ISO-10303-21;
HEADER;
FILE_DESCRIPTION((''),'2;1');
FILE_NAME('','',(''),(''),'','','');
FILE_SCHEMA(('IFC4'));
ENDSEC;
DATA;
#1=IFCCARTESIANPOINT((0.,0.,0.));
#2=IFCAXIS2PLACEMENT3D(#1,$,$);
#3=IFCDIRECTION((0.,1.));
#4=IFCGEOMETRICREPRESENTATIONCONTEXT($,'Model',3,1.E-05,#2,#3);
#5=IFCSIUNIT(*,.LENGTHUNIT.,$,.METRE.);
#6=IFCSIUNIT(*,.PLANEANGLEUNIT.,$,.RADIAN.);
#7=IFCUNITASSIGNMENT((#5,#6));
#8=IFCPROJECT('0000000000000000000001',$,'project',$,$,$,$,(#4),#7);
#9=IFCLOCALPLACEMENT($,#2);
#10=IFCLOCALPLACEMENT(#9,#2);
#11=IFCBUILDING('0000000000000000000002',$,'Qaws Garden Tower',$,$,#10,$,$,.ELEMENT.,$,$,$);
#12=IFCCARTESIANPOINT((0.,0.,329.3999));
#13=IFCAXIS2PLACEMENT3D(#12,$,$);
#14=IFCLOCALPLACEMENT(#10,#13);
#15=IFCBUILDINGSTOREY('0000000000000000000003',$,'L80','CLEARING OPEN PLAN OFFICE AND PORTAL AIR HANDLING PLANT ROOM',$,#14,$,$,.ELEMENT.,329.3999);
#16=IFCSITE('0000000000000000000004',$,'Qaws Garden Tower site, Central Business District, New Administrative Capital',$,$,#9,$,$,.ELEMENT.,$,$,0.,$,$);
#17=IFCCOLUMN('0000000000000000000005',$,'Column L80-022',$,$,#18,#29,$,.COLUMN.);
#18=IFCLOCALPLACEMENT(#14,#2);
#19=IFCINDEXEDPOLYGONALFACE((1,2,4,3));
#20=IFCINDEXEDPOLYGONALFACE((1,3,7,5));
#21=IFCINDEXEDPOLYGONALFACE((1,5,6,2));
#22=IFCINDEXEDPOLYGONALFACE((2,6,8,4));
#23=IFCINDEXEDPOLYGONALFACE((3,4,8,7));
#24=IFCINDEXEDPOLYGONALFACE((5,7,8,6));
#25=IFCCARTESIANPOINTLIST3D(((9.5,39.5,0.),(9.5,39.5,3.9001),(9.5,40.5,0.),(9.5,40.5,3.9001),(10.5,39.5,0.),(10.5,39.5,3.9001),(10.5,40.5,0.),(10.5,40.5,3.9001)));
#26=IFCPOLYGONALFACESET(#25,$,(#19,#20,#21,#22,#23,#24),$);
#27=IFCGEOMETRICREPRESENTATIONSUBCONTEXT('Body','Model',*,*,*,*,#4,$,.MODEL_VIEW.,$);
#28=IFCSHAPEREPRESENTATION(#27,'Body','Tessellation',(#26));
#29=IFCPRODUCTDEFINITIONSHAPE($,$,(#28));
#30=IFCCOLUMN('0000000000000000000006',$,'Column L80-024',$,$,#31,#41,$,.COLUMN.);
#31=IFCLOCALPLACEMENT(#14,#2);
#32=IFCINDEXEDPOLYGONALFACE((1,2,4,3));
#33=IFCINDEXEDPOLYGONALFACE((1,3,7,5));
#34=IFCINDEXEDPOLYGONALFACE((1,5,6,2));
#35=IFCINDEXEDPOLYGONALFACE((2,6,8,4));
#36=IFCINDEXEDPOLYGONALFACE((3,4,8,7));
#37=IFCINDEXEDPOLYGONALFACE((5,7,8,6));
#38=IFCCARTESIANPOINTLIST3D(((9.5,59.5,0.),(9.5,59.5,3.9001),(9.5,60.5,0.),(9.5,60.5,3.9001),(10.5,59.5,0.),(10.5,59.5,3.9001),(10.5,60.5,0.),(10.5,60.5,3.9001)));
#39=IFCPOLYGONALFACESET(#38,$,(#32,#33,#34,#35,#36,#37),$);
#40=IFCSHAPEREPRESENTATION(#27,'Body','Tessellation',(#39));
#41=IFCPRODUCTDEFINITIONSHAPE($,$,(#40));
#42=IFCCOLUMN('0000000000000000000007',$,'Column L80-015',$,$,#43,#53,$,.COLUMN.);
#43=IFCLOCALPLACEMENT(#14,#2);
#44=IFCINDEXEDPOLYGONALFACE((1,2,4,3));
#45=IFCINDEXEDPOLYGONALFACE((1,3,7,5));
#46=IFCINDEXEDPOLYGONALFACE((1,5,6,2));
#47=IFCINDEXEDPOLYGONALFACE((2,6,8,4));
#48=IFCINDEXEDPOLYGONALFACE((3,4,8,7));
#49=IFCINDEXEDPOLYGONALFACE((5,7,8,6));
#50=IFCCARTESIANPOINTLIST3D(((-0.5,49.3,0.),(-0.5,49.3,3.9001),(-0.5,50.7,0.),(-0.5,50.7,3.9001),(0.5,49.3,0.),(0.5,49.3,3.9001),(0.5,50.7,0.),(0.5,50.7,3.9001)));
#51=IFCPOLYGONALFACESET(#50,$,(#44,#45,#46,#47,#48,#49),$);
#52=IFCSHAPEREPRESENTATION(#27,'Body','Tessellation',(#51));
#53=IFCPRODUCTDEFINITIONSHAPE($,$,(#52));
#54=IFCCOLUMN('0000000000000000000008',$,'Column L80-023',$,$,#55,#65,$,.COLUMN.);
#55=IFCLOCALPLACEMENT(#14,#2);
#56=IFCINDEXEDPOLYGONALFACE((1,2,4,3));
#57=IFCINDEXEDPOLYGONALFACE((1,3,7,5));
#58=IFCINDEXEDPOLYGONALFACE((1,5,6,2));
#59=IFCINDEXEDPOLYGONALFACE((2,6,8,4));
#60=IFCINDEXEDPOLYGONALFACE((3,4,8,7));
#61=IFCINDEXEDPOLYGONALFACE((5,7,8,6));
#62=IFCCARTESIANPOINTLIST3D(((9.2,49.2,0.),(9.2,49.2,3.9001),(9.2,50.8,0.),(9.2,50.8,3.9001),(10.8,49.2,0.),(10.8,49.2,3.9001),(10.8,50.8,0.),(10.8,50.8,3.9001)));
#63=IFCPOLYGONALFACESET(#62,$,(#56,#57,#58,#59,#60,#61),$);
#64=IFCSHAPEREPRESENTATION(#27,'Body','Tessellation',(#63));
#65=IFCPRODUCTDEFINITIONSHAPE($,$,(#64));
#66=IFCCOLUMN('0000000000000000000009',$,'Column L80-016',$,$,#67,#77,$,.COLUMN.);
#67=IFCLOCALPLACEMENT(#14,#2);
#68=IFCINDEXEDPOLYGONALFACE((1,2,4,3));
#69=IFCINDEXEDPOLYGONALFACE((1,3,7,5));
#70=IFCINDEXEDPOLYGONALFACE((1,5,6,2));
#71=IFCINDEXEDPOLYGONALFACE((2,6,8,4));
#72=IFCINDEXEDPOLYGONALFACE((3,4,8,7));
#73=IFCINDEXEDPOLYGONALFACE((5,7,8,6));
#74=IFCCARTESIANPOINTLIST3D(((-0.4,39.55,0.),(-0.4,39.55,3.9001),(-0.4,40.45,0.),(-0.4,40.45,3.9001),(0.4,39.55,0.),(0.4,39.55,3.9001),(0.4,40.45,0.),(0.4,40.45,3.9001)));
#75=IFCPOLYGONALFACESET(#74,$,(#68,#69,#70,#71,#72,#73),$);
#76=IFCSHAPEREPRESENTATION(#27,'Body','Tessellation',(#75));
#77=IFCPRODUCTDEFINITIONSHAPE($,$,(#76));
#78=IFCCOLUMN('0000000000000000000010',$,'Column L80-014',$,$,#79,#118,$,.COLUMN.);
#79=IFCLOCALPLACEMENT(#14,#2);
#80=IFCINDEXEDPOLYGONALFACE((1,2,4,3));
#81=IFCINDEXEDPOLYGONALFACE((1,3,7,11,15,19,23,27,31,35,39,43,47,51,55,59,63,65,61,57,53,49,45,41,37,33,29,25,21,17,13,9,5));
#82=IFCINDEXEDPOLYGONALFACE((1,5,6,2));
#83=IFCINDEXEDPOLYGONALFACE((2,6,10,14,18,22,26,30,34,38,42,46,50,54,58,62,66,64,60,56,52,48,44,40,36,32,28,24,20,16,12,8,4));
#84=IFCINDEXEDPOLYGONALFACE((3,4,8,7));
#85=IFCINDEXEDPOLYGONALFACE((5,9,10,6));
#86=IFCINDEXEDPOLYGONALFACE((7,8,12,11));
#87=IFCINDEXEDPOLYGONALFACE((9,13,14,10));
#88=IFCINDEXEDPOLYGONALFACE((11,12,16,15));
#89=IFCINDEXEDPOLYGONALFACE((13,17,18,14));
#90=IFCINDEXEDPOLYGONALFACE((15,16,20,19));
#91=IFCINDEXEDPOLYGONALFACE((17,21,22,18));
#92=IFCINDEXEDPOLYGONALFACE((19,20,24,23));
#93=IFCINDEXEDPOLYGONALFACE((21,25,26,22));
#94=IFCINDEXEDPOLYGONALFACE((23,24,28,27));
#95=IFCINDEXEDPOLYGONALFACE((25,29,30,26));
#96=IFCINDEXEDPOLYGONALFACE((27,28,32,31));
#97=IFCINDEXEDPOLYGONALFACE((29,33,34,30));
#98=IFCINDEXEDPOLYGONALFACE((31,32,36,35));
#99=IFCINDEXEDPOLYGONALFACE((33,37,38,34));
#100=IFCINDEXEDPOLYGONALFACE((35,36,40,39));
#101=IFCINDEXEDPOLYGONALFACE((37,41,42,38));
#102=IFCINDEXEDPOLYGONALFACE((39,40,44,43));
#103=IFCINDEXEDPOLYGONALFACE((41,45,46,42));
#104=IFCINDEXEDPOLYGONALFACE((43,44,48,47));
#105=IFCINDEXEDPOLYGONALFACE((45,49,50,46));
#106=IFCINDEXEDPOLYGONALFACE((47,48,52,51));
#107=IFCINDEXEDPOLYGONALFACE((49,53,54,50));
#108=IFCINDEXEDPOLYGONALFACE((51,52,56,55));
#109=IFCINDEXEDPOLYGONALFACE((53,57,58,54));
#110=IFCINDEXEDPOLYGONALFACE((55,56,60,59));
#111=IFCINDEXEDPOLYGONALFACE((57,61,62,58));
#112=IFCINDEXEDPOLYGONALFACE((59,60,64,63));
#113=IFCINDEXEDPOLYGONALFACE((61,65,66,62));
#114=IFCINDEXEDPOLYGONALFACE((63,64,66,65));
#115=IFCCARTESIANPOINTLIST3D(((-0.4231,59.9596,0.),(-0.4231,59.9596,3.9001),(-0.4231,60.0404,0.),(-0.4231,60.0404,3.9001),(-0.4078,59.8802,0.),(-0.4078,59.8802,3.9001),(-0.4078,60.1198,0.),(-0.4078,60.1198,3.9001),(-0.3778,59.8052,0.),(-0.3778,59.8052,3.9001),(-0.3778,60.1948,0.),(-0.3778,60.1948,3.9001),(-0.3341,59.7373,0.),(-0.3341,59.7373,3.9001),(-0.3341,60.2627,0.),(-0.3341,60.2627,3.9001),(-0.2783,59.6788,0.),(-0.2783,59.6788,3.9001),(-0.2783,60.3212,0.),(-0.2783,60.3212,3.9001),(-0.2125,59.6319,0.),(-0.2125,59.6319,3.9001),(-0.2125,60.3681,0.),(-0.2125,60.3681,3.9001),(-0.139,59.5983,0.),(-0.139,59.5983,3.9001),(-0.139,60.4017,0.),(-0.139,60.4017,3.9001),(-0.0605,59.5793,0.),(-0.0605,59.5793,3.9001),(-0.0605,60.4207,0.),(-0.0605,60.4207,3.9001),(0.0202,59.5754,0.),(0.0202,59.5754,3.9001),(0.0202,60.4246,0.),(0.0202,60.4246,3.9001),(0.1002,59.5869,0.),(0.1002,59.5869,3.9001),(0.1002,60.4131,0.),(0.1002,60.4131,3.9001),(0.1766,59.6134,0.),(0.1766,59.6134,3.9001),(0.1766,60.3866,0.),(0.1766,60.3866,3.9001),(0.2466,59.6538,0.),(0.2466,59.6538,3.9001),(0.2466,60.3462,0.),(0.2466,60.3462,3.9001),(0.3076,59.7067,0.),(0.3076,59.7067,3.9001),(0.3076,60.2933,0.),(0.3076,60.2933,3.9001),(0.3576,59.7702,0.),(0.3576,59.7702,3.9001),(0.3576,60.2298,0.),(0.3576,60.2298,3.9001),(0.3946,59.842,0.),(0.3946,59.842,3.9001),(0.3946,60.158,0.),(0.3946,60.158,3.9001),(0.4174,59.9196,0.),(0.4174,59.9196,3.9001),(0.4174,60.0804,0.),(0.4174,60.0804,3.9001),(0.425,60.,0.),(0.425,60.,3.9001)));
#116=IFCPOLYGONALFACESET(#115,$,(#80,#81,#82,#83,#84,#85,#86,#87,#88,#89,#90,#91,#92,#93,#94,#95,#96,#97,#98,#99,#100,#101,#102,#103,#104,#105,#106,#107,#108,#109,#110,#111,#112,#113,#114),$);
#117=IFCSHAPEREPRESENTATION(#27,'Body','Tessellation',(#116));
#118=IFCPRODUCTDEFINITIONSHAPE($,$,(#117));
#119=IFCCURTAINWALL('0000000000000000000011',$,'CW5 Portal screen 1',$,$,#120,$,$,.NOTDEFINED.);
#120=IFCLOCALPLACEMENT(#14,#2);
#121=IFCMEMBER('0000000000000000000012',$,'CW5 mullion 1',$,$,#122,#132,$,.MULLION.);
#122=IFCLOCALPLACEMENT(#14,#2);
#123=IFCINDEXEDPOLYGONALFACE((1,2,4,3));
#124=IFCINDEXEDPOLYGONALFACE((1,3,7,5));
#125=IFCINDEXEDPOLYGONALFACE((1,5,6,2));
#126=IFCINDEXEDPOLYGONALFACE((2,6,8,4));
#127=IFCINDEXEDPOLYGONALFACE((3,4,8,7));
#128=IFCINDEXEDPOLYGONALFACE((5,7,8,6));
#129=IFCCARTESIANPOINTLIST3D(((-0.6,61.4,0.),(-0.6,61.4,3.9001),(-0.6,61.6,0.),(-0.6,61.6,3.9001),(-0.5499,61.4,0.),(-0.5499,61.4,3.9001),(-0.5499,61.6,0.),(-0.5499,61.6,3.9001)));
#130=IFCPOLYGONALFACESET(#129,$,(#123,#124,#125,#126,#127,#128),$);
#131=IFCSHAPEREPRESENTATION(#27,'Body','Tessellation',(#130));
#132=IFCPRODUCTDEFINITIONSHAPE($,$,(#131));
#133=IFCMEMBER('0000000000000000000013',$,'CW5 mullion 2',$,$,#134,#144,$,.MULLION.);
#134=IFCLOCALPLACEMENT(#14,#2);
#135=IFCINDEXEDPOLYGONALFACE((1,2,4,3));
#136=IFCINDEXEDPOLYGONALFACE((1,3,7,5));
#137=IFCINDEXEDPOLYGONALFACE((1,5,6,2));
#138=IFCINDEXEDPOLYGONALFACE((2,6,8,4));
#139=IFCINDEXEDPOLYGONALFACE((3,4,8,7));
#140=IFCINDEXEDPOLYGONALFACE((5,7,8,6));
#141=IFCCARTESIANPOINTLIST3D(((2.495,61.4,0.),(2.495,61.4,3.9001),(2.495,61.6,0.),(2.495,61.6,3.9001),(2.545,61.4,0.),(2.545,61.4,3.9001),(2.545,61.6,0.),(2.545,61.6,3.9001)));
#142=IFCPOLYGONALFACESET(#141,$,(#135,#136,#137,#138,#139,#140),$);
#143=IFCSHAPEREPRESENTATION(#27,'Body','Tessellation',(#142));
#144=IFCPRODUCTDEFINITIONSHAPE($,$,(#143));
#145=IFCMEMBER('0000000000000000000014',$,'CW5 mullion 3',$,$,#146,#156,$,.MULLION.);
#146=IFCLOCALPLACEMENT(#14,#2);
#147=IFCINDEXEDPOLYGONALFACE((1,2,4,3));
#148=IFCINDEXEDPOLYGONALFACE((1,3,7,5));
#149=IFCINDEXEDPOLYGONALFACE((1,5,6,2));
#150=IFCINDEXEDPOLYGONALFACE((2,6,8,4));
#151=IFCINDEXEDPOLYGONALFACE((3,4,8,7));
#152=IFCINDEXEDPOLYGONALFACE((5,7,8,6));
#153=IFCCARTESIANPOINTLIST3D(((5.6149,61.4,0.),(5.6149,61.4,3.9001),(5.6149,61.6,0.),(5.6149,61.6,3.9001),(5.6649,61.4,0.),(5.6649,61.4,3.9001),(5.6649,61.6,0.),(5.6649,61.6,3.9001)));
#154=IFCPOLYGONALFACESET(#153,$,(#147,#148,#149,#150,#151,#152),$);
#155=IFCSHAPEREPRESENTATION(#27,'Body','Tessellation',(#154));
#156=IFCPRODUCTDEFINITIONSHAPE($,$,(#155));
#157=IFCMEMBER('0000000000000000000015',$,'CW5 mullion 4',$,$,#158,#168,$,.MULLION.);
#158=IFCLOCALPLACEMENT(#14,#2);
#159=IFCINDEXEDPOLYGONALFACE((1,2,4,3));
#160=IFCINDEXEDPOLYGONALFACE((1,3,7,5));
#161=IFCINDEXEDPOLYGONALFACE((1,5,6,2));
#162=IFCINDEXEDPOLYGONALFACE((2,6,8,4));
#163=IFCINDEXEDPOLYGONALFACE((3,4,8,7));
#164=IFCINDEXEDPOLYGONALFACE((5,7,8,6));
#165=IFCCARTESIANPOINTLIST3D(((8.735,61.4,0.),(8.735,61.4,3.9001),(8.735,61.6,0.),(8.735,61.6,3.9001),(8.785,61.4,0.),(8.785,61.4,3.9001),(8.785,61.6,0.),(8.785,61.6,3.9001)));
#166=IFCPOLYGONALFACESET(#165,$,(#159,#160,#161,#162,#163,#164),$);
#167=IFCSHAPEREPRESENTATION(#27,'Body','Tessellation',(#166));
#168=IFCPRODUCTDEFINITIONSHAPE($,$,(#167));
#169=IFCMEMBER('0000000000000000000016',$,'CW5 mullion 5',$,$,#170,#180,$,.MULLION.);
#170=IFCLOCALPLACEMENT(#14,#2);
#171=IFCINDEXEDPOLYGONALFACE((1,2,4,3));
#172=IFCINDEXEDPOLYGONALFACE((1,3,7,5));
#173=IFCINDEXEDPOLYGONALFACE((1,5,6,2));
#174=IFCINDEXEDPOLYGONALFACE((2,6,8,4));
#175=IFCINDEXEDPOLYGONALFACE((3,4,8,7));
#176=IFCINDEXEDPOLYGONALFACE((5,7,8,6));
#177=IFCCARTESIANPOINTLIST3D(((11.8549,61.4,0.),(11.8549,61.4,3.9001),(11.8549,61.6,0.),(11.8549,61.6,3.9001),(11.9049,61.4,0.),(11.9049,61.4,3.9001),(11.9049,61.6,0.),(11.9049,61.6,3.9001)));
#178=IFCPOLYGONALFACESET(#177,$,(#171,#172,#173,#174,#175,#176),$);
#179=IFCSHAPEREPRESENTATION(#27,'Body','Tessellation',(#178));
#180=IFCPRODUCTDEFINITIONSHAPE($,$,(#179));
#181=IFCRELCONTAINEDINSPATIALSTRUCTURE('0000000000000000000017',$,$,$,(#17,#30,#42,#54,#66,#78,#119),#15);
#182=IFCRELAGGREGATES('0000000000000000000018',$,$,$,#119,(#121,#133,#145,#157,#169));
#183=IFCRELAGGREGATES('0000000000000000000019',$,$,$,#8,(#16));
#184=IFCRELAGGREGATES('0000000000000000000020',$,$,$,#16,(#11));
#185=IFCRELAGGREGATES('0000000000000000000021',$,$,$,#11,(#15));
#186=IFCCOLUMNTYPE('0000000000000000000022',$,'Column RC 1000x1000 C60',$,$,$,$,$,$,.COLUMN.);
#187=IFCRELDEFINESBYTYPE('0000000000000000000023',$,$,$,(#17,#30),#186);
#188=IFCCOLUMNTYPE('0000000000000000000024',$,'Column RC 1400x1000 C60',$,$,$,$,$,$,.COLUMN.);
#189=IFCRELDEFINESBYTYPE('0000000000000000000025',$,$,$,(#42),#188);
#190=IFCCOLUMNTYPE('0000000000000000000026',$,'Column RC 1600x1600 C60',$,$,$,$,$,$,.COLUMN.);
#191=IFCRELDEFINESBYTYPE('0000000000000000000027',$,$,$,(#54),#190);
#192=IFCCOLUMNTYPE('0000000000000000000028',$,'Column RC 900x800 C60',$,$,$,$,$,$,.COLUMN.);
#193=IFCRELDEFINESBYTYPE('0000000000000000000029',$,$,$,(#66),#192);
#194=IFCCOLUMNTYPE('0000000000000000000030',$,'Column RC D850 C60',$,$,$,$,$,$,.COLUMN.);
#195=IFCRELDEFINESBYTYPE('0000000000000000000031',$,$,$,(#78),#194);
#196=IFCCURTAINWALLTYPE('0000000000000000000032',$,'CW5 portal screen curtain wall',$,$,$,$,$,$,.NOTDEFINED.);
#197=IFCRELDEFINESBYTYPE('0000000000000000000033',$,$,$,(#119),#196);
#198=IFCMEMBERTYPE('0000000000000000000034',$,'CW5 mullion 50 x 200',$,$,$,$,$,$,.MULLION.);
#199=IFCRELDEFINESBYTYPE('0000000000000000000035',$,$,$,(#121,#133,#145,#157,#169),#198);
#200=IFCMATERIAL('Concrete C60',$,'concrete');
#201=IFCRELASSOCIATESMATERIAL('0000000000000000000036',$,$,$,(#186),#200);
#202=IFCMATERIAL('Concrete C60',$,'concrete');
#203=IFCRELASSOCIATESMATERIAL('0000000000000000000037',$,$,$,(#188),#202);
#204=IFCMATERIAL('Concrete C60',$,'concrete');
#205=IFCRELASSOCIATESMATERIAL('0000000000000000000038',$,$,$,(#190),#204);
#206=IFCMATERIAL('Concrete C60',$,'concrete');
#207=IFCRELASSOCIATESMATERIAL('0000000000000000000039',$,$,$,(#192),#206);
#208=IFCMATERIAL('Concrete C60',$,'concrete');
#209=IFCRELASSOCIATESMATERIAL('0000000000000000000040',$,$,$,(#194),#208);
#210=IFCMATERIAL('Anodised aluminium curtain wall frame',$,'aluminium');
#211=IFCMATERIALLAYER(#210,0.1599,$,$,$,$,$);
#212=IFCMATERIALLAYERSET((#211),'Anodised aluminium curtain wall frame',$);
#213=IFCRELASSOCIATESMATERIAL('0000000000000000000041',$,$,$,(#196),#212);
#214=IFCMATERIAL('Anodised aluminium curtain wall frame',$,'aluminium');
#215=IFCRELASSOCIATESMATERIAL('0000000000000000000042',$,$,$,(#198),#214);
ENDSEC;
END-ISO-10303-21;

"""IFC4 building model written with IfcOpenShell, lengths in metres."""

from ifc_helpers import new_model, si_unit, direction, frame, origin, origin_2d, place, context, subcontext, project, spatial, rectangle, circle, extrude, material, layer, layer_set, material_profile, profile_set, type_object, element, aggregate, save


model = new_model("IFC4")

# Units and contexts
model_context = context("Model", 3, precision=1e-05, world=origin(), true_north=direction((0.0, 1.0)))
body_context = subcontext(model_context, "Body", "Model", "MODEL_VIEW")
ifc_project = project(units=[si_unit("LENGTHUNIT", "METRE"), si_unit("PLANEANGLEUNIT", "RADIAN")], contexts=[model_context])

# Site, building, storey
site_placement = place(None, origin())
site = spatial("IfcSite", under=ifc_project, at=site_placement, Name="Qaws Garden Tower site, Central Business District, New Administrative Capital", CompositionType="ELEMENT", RefElevation=0.0)
building_placement = place(site_placement, origin())
building = spatial("IfcBuilding", under=site, at=building_placement, Name="Qaws Garden Tower", CompositionType="ELEMENT")
storey_placement = place(building_placement, frame((0.0, 0.0, 329.3999)))
storey = spatial("IfcBuildingStorey", under=building, at=storey_placement, Name="L80", Description="CLEARING OPEN PLAN OFFICE AND PORTAL AIR HANDLING PLANT ROOM", CompositionType="ELEMENT", Elevation=329.3999)

# Columns
ifc_material_1 = material(Name="Concrete C60", Category="concrete")
ifc_material_profile_1 = material_profile(ifc_material_1, rectangle(XDim=1.0, YDim=1.0, at=origin_2d()), Name="RC 1000x1000")
ifc_profile_set_1 = profile_set([ifc_material_profile_1], Name="Concrete C60")
column_type_1 = type_object("IfcColumnType", Name="Column RC 1000x1000 C60", PredefinedType="COLUMN", material=ifc_profile_set_1)
for number, where, z_axis, x_axis, name in (
    (1, (10.0, 40.0, 0.0), (0.0, 0.0, 1.0), (1.0, 0.0, 0.0), "Column L80-022"),
    (2, (10.0, 60.0, 0.0), (0.0, 0.0, 1.0), (1.0, 0.0, 0.0), "Column L80-024"),
):
    element("IfcColumn", number, at=place(storey_placement, frame(where, z_axis=z_axis, x_axis=x_axis)), inside=storey, type_object=column_type_1, Name=name, PredefinedType="COLUMN", context=body_context, shape_type="SweptSolid", body=[
        extrude(rectangle(XDim=1.0, YDim=1.0, at=origin_2d()), origin(), (0.0, 0.0, 1.0), 3.9001),
    ])
ifc_material_2 = material(Name="Concrete C60", Category="concrete")
ifc_material_profile_2 = material_profile(ifc_material_2, rectangle(XDim=1.3999, YDim=1.0, at=origin_2d()), Name="RC 1400x1000")
ifc_profile_set_2 = profile_set([ifc_material_profile_2], Name="Concrete C60")
column_type_2 = type_object("IfcColumnType", Name="Column RC 1400x1000 C60", PredefinedType="COLUMN", material=ifc_profile_set_2)
column_1_placement = place(storey_placement, frame((0.0, 50.0, 0.0), z_axis=(0.0, 0.0, 1.0), x_axis=(0.0, 1.0, 0.0)))
element("IfcColumn", 3, at=column_1_placement, inside=storey, type_object=column_type_2, Name="Column L80-015", PredefinedType="COLUMN", context=body_context, shape_type="SweptSolid", body=[
    extrude(rectangle(XDim=1.3999, YDim=1.0, at=origin_2d()), origin(), (0.0, 0.0, 1.0), 3.9001),
])
ifc_material_3 = material(Name="Concrete C60", Category="concrete")
ifc_material_profile_3 = material_profile(ifc_material_3, rectangle(XDim=1.6001, YDim=1.6001, at=origin_2d()), Name="RC 1600x1600")
ifc_profile_set_3 = profile_set([ifc_material_profile_3], Name="Concrete C60")
column_type_3 = type_object("IfcColumnType", Name="Column RC 1600x1600 C60", PredefinedType="COLUMN", material=ifc_profile_set_3)
column_2_placement = place(storey_placement, frame((10.0, 50.0, 0.0), z_axis=(0.0, 0.0, 1.0), x_axis=(1.0, 0.0, 0.0)))
element("IfcColumn", 4, at=column_2_placement, inside=storey, type_object=column_type_3, Name="Column L80-023", PredefinedType="COLUMN", context=body_context, shape_type="SweptSolid", body=[
    extrude(rectangle(XDim=1.6001, YDim=1.6001, at=origin_2d()), origin(), (0.0, 0.0, 1.0), 3.9001),
])
ifc_material_4 = material(Name="Concrete C60", Category="concrete")
ifc_material_profile_4 = material_profile(ifc_material_4, rectangle(XDim=0.8999, YDim=0.8, at=origin_2d()), Name="RC 900x800")
ifc_profile_set_4 = profile_set([ifc_material_profile_4], Name="Concrete C60")
column_type_4 = type_object("IfcColumnType", Name="Column RC 900x800 C60", PredefinedType="COLUMN", material=ifc_profile_set_4)
column_3_placement = place(storey_placement, frame((0.0, 40.0, 0.0), z_axis=(0.0, 0.0, 1.0), x_axis=(0.0, 1.0, 0.0)))
element("IfcColumn", 5, at=column_3_placement, inside=storey, type_object=column_type_4, Name="Column L80-016", PredefinedType="COLUMN", context=body_context, shape_type="SweptSolid", body=[
    extrude(rectangle(XDim=0.8999, YDim=0.8, at=origin_2d()), origin(), (0.0, 0.0, 1.0), 3.9001),
])
ifc_material_5 = material(Name="Concrete C60", Category="concrete")
ifc_material_profile_5 = material_profile(ifc_material_5, circle(Radius=0.425, at=origin_2d()), Name="RC D850")
ifc_profile_set_5 = profile_set([ifc_material_profile_5], Name="Concrete C60")
column_type_5 = type_object("IfcColumnType", Name="Column RC D850 C60", PredefinedType="COLUMN", material=ifc_profile_set_5)
column_4_placement = place(storey_placement, frame((0.0, 60.0, 0.0), z_axis=(0.0, 0.0, 1.0), x_axis=(1.0, 0.0, 0.0)))
element("IfcColumn", 6, at=column_4_placement, inside=storey, type_object=column_type_5, Name="Column L80-014", PredefinedType="COLUMN", context=body_context, shape_type="SweptSolid", body=[
    extrude(circle(Radius=0.425, at=origin_2d()), origin(), (0.0, 0.0, 1.0), 3.9001),
])

# Curtain wall, members
ifc_material_6 = material(Name="Anodised aluminium curtain wall frame", Category="aluminium")
ifc_layer_1 = layer(ifc_material_6, 0.1599)
ifc_layer_set_1 = layer_set([ifc_layer_1], Name="Anodised aluminium curtain wall frame")
curtain_wall_type = type_object("IfcCurtainWallType", Name="CW5 portal screen curtain wall", PredefinedType="NOTDEFINED", material=ifc_layer_set_1)
placement = place(storey_placement, origin())
curtain_wall_1 = element("IfcCurtainWall", 7, at=placement, inside=storey, type_object=curtain_wall_type, Name="CW5 Portal screen 1", PredefinedType="NOTDEFINED")
ifc_material_7 = material(Name="Anodised aluminium curtain wall frame", Category="aluminium")
ifc_material_profile_6 = material_profile(ifc_material_7, rectangle(XDim=0.2, YDim=0.05, at=origin_2d()), Name="AL 50x200")
ifc_profile_set_6 = profile_set([ifc_material_profile_6], Name="Anodised aluminium curtain wall frame")
member_type_1 = type_object("IfcMemberType", Name="CW5 mullion 50 x 200", PredefinedType="MULLION", material=ifc_profile_set_6)
member_1_placement = place(storey_placement, frame((-0.575, 61.5, 0.0), z_axis=(0.0, 0.0, 1.0), x_axis=(0.0, 1.0, 0.0)))
member_1 = element("IfcMember", 8, at=member_1_placement, type_object=member_type_1, Name="CW5 mullion 1", PredefinedType="MULLION", context=body_context, shape_type="SweptSolid", body=[
    extrude(rectangle(XDim=0.2, YDim=0.05, at=origin_2d()), origin(), (0.0, 0.0, 1.0), 3.9001),
])
member_2_placement = place(storey_placement, frame((2.52, 61.5, 0.0), z_axis=(0.0, 0.0, 1.0), x_axis=(0.0, 1.0, 0.0)))
member_2 = element("IfcMember", 9, at=member_2_placement, type_object=member_type_1, Name="CW5 mullion 2", PredefinedType="MULLION", context=body_context, shape_type="SweptSolid", body=[
    extrude(rectangle(XDim=0.2, YDim=0.05, at=origin_2d()), origin(), (0.0, 0.0, 1.0), 3.9001),
])
member_3_placement = place(storey_placement, frame((5.6399, 61.5, 0.0), z_axis=(0.0, 0.0, 1.0), x_axis=(0.0, 1.0, 0.0)))
member_3 = element("IfcMember", 10, at=member_3_placement, type_object=member_type_1, Name="CW5 mullion 3", PredefinedType="MULLION", context=body_context, shape_type="SweptSolid", body=[
    extrude(rectangle(XDim=0.2, YDim=0.05, at=origin_2d()), origin(), (0.0, 0.0, 1.0), 3.9001),
])
member_4_placement = place(storey_placement, frame((8.76, 61.5, 0.0), z_axis=(0.0, 0.0, 1.0), x_axis=(0.0, 1.0, 0.0)))
member_4 = element("IfcMember", 11, at=member_4_placement, type_object=member_type_1, Name="CW5 mullion 4", PredefinedType="MULLION", context=body_context, shape_type="SweptSolid", body=[
    extrude(rectangle(XDim=0.2, YDim=0.05, at=origin_2d()), origin(), (0.0, 0.0, 1.0), 3.9001),
])
member_5_placement = place(storey_placement, frame((11.8799, 61.5, 0.0), z_axis=(0.0, 0.0, 1.0), x_axis=(0.0, 1.0, 0.0)))
member_5 = element("IfcMember", 12, at=member_5_placement, type_object=member_type_1, Name="CW5 mullion 5", PredefinedType="MULLION", context=body_context, shape_type="SweptSolid", body=[
    extrude(rectangle(XDim=0.2, YDim=0.05, at=origin_2d()), origin(), (0.0, 0.0, 1.0), 3.9001),
])
aggregate(curtain_wall_1, [member_1, member_2, member_3, member_4, member_5])

save(model, "model.ifc")
